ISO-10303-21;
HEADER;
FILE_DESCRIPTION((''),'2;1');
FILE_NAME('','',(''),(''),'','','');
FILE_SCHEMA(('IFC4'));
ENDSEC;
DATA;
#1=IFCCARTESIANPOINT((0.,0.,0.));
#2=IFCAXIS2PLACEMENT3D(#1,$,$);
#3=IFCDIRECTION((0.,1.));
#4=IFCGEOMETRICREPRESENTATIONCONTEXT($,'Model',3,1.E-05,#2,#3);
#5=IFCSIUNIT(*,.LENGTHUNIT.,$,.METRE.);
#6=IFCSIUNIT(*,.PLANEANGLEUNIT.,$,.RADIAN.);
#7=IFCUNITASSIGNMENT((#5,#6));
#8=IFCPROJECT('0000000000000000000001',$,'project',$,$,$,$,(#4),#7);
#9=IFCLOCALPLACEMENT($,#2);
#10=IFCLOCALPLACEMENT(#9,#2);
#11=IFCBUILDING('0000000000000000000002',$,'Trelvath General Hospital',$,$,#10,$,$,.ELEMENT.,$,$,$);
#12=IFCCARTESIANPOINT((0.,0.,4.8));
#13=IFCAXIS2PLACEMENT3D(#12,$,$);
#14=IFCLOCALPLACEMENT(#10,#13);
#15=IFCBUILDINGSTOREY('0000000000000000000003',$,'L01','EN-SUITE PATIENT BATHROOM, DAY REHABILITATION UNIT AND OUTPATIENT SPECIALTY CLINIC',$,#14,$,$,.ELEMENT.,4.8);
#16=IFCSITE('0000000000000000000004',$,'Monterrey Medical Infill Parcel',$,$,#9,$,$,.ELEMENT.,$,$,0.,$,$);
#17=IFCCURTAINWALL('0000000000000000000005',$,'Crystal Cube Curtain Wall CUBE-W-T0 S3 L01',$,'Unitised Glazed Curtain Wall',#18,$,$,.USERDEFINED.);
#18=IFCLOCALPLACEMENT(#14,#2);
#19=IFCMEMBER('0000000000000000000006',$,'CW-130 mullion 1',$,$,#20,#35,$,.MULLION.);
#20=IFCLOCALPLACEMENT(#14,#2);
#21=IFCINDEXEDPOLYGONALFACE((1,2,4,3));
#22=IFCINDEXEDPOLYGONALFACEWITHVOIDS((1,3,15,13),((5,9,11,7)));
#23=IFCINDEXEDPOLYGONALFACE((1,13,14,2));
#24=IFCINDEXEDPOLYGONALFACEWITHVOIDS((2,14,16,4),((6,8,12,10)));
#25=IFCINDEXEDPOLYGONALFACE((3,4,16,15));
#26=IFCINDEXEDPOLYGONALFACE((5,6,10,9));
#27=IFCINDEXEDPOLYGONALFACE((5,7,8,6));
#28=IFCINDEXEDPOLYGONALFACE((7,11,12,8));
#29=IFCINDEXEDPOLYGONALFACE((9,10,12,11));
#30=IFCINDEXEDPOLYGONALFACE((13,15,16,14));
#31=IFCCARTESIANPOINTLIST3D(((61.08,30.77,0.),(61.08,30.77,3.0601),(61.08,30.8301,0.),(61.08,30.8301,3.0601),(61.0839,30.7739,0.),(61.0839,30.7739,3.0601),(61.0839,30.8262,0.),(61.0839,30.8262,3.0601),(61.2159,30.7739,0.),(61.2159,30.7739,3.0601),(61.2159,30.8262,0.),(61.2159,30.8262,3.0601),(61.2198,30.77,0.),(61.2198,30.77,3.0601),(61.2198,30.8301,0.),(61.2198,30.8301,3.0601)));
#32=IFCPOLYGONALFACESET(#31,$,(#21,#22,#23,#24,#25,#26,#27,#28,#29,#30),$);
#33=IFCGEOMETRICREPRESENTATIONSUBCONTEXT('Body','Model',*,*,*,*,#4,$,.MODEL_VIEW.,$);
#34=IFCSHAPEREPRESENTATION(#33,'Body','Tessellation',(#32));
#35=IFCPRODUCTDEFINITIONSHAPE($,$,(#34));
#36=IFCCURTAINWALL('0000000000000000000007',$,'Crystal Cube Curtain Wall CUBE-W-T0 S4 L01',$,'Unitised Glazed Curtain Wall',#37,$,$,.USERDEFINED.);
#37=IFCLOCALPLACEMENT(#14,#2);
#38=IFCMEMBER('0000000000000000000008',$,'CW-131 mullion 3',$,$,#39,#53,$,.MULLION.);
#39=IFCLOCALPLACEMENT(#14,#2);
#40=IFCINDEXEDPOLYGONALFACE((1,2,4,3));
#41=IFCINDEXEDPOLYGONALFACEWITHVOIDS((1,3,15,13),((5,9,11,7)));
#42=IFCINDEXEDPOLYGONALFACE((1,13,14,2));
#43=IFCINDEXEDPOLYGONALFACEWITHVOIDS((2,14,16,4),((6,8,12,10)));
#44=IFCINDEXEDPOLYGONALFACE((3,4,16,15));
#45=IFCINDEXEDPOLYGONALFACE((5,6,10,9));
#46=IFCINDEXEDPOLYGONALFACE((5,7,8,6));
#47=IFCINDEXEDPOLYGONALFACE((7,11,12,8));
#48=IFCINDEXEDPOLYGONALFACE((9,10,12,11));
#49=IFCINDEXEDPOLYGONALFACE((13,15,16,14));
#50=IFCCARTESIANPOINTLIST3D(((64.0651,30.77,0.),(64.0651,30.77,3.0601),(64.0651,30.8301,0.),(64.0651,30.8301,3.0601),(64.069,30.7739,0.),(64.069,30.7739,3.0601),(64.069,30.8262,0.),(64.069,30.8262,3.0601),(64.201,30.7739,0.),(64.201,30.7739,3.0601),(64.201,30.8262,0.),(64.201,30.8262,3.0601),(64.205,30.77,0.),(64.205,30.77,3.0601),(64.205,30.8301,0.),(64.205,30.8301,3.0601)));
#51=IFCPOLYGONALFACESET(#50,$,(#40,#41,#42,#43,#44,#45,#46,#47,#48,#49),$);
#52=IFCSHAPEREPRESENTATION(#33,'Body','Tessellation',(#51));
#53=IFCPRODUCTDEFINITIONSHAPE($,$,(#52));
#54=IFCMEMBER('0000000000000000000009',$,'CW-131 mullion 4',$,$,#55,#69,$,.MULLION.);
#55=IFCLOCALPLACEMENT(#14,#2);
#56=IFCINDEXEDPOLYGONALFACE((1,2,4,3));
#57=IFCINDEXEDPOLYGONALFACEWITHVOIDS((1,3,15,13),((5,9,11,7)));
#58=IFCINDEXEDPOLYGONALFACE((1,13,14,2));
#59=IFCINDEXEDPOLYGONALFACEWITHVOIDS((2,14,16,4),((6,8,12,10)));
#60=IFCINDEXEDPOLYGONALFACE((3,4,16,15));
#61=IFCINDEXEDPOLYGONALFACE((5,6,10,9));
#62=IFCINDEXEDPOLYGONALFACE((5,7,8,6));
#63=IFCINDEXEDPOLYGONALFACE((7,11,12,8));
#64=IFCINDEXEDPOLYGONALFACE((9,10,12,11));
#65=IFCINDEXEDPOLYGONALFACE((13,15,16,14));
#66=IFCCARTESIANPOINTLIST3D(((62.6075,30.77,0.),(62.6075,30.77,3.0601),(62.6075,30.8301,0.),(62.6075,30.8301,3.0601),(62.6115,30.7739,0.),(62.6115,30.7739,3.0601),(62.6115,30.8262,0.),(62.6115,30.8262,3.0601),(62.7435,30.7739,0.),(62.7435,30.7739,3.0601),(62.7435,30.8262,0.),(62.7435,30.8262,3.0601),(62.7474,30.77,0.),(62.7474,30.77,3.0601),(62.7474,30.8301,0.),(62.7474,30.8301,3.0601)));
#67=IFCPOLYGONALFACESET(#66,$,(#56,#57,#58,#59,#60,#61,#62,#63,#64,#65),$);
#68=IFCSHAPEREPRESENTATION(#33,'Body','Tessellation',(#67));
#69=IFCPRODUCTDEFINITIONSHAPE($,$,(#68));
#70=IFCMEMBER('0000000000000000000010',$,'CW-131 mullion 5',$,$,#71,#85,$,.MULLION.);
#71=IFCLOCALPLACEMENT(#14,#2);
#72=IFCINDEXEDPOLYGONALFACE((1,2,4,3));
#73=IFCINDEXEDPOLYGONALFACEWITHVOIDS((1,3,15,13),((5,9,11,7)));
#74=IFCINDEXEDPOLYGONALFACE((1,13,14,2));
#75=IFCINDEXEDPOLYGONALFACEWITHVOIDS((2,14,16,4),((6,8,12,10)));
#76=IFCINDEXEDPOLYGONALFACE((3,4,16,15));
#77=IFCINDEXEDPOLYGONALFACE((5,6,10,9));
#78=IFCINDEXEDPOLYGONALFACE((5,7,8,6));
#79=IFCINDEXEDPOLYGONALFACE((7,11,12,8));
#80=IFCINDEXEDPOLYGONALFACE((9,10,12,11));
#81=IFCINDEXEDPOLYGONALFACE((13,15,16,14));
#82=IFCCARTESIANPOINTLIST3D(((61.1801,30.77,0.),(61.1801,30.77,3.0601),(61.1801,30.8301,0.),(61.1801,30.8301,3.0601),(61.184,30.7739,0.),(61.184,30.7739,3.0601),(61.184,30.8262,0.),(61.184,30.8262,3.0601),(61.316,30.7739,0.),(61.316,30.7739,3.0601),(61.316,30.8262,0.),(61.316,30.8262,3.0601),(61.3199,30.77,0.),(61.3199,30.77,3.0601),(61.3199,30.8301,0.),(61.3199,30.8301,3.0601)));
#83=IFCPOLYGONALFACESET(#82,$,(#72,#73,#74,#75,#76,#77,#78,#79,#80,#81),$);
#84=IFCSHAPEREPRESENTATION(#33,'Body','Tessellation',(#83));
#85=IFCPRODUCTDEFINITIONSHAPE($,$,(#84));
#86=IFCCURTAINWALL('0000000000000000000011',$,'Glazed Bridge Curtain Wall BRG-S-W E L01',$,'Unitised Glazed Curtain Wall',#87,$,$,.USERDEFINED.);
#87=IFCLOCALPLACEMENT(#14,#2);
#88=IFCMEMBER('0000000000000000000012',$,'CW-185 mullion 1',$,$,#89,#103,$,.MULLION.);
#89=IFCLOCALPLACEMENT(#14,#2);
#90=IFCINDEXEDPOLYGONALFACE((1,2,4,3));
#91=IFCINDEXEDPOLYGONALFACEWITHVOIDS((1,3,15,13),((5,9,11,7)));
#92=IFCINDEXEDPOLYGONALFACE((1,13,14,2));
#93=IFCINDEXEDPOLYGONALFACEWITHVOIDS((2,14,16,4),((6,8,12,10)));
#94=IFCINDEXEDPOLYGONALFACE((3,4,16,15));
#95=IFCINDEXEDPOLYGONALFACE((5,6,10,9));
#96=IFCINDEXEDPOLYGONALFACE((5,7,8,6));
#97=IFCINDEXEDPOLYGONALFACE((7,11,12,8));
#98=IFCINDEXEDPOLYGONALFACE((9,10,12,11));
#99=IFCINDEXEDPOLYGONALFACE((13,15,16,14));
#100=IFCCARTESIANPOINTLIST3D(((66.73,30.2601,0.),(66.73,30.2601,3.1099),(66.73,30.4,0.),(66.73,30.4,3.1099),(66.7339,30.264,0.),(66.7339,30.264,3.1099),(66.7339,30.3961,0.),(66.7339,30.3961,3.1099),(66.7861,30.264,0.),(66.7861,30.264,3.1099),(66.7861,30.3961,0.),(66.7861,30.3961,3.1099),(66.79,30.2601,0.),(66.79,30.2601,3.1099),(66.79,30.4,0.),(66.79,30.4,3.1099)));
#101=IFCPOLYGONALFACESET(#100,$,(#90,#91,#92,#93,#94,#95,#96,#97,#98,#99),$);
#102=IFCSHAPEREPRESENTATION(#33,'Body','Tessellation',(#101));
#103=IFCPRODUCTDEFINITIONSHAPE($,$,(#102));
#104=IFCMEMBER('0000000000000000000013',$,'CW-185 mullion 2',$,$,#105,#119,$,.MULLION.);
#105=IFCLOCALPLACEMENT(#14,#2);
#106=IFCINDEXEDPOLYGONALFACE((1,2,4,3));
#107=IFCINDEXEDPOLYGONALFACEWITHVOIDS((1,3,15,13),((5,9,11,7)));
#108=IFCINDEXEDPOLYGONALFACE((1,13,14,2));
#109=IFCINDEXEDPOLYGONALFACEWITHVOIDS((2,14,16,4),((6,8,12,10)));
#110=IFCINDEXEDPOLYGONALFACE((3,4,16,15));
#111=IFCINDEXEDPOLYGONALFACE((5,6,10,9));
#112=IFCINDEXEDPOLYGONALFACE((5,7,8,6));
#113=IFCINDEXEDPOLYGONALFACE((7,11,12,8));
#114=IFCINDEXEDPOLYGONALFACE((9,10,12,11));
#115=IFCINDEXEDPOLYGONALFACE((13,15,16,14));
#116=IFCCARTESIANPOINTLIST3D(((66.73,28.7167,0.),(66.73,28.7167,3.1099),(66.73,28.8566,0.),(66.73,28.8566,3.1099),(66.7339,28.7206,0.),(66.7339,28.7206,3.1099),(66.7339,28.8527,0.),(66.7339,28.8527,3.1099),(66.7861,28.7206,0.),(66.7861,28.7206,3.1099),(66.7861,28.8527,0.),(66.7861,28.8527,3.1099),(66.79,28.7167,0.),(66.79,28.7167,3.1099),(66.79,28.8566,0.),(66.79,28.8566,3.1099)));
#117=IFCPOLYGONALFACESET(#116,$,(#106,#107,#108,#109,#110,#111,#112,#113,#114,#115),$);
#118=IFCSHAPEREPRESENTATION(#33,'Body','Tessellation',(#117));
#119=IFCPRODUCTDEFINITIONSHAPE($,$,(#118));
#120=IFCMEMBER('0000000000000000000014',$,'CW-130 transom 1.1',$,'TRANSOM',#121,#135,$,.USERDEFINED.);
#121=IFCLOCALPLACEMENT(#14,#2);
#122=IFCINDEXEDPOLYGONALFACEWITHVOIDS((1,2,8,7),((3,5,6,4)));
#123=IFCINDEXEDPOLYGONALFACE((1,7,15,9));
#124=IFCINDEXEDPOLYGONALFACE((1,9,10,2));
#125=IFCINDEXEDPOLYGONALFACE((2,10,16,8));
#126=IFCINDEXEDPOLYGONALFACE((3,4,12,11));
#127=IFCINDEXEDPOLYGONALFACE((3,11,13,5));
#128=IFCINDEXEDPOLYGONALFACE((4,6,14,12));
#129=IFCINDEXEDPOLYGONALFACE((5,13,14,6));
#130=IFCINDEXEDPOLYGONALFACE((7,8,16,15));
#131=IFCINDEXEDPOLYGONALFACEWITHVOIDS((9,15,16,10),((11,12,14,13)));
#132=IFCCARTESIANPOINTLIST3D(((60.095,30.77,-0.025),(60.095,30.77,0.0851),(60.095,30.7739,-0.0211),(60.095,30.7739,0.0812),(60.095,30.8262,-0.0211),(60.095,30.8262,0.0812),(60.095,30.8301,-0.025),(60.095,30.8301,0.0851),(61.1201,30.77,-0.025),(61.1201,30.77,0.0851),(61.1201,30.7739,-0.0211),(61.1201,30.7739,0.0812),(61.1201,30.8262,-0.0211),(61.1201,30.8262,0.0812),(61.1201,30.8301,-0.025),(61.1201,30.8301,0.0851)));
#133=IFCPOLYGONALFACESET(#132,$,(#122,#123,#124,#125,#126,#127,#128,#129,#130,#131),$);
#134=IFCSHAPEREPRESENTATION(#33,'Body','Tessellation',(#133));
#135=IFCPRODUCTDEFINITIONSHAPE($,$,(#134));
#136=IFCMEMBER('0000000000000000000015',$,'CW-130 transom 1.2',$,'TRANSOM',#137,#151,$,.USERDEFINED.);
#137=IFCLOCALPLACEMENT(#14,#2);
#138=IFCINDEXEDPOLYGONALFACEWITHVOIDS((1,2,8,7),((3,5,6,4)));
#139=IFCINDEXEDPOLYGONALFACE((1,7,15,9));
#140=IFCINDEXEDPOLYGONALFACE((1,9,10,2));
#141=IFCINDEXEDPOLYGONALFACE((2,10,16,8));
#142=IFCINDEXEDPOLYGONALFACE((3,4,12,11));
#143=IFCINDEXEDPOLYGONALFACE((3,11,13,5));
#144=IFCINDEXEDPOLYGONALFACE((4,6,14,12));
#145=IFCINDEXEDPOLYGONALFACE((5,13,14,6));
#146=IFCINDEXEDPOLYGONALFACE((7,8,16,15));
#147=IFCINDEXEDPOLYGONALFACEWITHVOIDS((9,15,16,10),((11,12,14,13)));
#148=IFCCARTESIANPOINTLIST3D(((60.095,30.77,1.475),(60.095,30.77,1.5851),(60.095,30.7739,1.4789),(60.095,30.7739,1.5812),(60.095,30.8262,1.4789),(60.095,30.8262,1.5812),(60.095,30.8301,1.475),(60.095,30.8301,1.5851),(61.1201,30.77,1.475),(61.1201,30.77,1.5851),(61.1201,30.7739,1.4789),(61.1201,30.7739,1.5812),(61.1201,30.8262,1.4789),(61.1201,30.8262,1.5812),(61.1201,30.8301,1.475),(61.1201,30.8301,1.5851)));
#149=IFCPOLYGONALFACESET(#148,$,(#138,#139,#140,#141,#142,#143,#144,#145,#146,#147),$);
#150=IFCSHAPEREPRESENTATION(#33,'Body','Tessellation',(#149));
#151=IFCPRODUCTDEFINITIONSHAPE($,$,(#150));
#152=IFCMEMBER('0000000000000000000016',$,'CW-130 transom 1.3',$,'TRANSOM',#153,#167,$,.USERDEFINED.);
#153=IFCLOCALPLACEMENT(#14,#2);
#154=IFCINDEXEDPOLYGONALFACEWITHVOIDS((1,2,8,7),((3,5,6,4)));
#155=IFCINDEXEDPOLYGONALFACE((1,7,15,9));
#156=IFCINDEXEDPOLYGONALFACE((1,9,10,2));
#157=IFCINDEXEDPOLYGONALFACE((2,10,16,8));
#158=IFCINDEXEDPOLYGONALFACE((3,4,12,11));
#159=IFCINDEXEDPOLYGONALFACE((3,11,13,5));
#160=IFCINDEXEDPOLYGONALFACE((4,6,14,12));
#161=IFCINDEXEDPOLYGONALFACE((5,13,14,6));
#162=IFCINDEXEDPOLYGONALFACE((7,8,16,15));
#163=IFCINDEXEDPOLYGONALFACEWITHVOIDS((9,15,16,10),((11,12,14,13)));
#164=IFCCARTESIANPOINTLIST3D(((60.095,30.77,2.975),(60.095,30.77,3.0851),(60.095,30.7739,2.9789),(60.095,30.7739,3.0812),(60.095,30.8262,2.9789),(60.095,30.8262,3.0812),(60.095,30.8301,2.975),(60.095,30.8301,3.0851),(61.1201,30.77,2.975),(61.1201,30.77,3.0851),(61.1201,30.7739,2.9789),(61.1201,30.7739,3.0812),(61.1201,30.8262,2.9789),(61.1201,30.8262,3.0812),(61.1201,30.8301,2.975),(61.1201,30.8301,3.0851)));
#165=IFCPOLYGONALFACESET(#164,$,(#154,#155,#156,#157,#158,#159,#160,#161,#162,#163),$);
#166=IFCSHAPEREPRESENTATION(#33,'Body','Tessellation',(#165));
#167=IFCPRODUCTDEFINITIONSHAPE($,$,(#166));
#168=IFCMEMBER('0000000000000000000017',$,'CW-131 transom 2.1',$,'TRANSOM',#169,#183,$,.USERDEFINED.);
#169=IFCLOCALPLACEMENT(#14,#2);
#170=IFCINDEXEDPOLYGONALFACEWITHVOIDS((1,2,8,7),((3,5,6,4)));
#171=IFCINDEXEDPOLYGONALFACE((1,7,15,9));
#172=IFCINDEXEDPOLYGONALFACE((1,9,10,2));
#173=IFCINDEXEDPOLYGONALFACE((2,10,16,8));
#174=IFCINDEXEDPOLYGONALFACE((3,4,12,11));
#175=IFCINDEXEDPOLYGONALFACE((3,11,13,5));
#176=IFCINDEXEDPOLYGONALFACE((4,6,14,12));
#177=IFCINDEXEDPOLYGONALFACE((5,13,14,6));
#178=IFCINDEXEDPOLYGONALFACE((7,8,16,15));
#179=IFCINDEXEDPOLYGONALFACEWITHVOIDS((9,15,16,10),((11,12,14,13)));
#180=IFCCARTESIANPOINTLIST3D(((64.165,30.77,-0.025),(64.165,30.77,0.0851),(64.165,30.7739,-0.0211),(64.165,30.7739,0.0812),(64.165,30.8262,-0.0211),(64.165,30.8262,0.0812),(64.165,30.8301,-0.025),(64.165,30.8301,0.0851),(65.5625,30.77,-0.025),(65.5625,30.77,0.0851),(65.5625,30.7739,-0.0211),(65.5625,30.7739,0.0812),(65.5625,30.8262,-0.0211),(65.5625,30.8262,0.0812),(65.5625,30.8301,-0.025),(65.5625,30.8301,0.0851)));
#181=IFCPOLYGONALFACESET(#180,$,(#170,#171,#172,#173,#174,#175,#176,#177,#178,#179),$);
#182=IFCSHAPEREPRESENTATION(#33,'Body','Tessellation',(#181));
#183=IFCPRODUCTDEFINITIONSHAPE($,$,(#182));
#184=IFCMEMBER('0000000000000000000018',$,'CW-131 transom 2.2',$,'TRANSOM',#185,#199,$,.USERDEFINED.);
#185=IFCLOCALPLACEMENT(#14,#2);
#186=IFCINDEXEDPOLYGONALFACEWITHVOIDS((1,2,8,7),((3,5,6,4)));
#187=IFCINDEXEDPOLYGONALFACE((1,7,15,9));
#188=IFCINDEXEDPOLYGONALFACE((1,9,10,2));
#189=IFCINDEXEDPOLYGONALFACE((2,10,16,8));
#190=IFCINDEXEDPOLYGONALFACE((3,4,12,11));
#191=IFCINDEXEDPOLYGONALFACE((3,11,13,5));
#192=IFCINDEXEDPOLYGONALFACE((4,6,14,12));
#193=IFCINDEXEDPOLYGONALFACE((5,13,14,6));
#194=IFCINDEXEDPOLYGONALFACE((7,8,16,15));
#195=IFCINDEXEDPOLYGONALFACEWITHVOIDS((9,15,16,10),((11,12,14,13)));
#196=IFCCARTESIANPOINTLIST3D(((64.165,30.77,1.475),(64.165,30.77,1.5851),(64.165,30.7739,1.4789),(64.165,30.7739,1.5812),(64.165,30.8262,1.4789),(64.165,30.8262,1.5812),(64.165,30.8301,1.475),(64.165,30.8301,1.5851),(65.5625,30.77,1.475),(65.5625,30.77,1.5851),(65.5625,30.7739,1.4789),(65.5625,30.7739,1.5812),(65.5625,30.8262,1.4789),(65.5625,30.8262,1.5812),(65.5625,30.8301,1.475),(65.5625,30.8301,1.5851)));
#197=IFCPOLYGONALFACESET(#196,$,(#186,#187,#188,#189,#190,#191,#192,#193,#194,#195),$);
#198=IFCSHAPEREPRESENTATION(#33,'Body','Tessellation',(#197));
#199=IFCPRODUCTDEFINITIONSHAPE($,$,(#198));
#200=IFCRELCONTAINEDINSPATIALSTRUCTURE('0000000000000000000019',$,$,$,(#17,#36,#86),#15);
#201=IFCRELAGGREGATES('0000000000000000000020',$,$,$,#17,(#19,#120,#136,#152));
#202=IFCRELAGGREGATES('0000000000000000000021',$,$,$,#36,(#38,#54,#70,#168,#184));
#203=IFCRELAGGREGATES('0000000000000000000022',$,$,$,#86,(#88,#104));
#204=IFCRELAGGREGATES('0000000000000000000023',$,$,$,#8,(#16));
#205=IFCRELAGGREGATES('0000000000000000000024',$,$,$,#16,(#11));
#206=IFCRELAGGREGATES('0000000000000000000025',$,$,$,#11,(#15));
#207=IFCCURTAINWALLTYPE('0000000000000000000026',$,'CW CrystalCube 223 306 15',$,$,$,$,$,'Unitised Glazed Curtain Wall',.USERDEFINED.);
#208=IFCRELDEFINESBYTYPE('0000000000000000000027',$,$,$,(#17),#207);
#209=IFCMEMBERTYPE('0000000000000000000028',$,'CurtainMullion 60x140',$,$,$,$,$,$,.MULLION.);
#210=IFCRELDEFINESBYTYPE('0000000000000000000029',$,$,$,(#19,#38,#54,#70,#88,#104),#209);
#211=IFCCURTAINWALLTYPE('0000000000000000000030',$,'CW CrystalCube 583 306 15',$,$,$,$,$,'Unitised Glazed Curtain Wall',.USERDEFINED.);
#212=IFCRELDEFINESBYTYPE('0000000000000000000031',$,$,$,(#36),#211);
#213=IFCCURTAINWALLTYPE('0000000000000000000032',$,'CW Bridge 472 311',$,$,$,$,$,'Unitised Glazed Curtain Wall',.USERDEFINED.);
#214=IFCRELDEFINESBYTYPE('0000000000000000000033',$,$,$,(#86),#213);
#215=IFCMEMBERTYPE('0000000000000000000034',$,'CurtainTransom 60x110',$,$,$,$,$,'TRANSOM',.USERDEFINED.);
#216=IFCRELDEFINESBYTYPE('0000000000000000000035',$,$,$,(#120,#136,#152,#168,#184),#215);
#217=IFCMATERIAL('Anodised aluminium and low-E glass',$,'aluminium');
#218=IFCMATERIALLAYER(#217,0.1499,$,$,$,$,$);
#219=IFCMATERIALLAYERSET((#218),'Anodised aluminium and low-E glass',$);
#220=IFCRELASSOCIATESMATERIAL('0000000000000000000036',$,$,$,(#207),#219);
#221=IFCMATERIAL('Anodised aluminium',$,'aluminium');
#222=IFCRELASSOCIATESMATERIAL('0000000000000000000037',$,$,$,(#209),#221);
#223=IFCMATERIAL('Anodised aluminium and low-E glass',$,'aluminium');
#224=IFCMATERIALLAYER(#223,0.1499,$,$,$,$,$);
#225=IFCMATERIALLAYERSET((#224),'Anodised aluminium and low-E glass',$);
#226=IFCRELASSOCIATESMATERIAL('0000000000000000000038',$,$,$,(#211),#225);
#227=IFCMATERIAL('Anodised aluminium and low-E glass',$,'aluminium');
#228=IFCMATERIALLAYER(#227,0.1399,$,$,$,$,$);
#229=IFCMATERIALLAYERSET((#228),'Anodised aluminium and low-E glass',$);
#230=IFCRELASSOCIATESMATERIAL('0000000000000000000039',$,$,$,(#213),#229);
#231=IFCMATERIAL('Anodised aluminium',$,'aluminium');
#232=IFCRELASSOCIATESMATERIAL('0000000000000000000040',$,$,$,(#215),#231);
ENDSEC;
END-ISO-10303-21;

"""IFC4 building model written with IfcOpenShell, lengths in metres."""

from ifc_helpers import new_model, si_unit, direction, frame, origin, origin_2d, place, context, subcontext, project, spatial, hollow_rectangle, extrude, material, layer, layer_set, material_profile, profile_set, type_object, element, aggregate, save


model = new_model("IFC4")

# Units and contexts
model_context = context("Model", 3, precision=1e-05, world=origin(), true_north=direction((0.0, 1.0)))
body_context = subcontext(model_context, "Body", "Model", "MODEL_VIEW")
ifc_project = project(units=[si_unit("LENGTHUNIT", "METRE"), si_unit("PLANEANGLEUNIT", "RADIAN")], contexts=[model_context])

# Site, building, storey
site_placement = place(None, origin())
site = spatial("IfcSite", under=ifc_project, at=site_placement, Name="Monterrey Medical Infill Parcel", CompositionType="ELEMENT", RefElevation=0.0)
building_placement = place(site_placement, origin())
building = spatial("IfcBuilding", under=site, at=building_placement, Name="Trelvath General Hospital", CompositionType="ELEMENT")
storey_placement = place(building_placement, frame((0.0, 0.0, 4.8)))
storey = spatial("IfcBuildingStorey", under=building, at=storey_placement, Name="L01", Description="EN-SUITE PATIENT BATHROOM, DAY REHABILITATION UNIT AND OUTPATIENT SPECIALTY CLINIC", CompositionType="ELEMENT", Elevation=4.8)

# Curtain wall, member
ifc_material_1 = material(Name="Anodised aluminium and low-E glass", Category="aluminium")
ifc_layer_1 = layer(ifc_material_1, 0.1499)
ifc_layer_set_1 = layer_set([ifc_layer_1], Name="Anodised aluminium and low-E glass")
curtain_wall_type_1 = type_object("IfcCurtainWallType", Name="CW CrystalCube 223 306 15", ElementType="Unitised Glazed Curtain Wall", PredefinedType="USERDEFINED", material=ifc_layer_set_1)
curtain_wall_1_placement = place(storey_placement, origin())
curtain_wall_1 = element("IfcCurtainWall", 1, at=curtain_wall_1_placement, inside=storey, type_object=curtain_wall_type_1, Name="Crystal Cube Curtain Wall CUBE-W-T0 S3 L01", ObjectType="Unitised Glazed Curtain Wall", PredefinedType="USERDEFINED")
ifc_material_2 = material(Name="Anodised aluminium", Category="aluminium")
ifc_material_profile_1 = material_profile(ifc_material_2, hollow_rectangle(XDim=0.0601, YDim=0.1399, WallThickness=0.0039, at=origin_2d()), Name="RHS60x140x4")
ifc_profile_set_1 = profile_set([ifc_material_profile_1], Name="Anodised aluminium")
member_type_1 = type_object("IfcMemberType", Name="CurtainMullion 60x140", PredefinedType="MULLION", material=ifc_profile_set_1)
member_1_placement = place(storey_placement, frame((61.1499, 30.8, 0.0), z_axis=(0.0, 0.0, 1.0), x_axis=(0.0, -1.0, 0.0)))
member_1 = element("IfcMember", 2, at=member_1_placement, type_object=member_type_1, Name="CW-130 mullion 1", PredefinedType="MULLION", context=body_context, shape_type="SweptSolid", body=[
    extrude(hollow_rectangle(XDim=0.0601, YDim=0.1399, WallThickness=0.0039, at=origin_2d()), origin(), (0.0, 0.0, 1.0), 3.0601),
])

# Curtain walls, members
ifc_material_3 = material(Name="Anodised aluminium and low-E glass", Category="aluminium")
ifc_layer_2 = layer(ifc_material_3, 0.1499)
ifc_layer_set_2 = layer_set([ifc_layer_2], Name="Anodised aluminium and low-E glass")
curtain_wall_type_2 = type_object("IfcCurtainWallType", Name="CW CrystalCube 583 306 15", ElementType="Unitised Glazed Curtain Wall", PredefinedType="USERDEFINED", material=ifc_layer_set_2)
curtain_wall_2_placement = place(storey_placement, origin())
curtain_wall_2 = element("IfcCurtainWall", 3, at=curtain_wall_2_placement, inside=storey, type_object=curtain_wall_type_2, Name="Crystal Cube Curtain Wall CUBE-W-T0 S4 L01", ObjectType="Unitised Glazed Curtain Wall", PredefinedType="USERDEFINED")
member_2_placement = place(storey_placement, frame((64.135, 30.8, 0.0), z_axis=(0.0, 0.0, 1.0), x_axis=(0.0, -1.0, 0.0)))
member_2 = element("IfcMember", 4, at=member_2_placement, type_object=member_type_1, Name="CW-131 mullion 3", PredefinedType="MULLION", context=body_context, shape_type="SweptSolid", body=[
    extrude(hollow_rectangle(XDim=0.0601, YDim=0.1399, WallThickness=0.0039, at=origin_2d()), origin(), (0.0, 0.0, 1.0), 3.0601),
])
member_3_placement = place(storey_placement, frame((62.6775, 30.8, 0.0), z_axis=(0.0, 0.0, 1.0), x_axis=(0.0, -1.0, 0.0)))
member_3 = element("IfcMember", 5, at=member_3_placement, type_object=member_type_1, Name="CW-131 mullion 4", PredefinedType="MULLION", context=body_context, shape_type="SweptSolid", body=[
    extrude(hollow_rectangle(XDim=0.0601, YDim=0.1399, WallThickness=0.0039, at=origin_2d()), origin(), (0.0, 0.0, 1.0), 3.0601),
])
member_4_placement = place(storey_placement, frame((61.25, 30.8, 0.0), z_axis=(0.0, 0.0, 1.0), x_axis=(0.0, -1.0, 0.0)))
member_4 = element("IfcMember", 6, at=member_4_placement, type_object=member_type_1, Name="CW-131 mullion 5", PredefinedType="MULLION", context=body_context, shape_type="SweptSolid", body=[
    extrude(hollow_rectangle(XDim=0.0601, YDim=0.1399, WallThickness=0.0039, at=origin_2d()), origin(), (0.0, 0.0, 1.0), 3.0601),
])
ifc_material_4 = material(Name="Anodised aluminium and low-E glass", Category="aluminium")
ifc_layer_3 = layer(ifc_material_4, 0.1399)
ifc_layer_set_3 = layer_set([ifc_layer_3], Name="Anodised aluminium and low-E glass")
curtain_wall_type_3 = type_object("IfcCurtainWallType", Name="CW Bridge 472 311", ElementType="Unitised Glazed Curtain Wall", PredefinedType="USERDEFINED", material=ifc_layer_set_3)
curtain_wall_3_placement = place(storey_placement, origin())
curtain_wall_3 = element("IfcCurtainWall", 7, at=curtain_wall_3_placement, inside=storey, type_object=curtain_wall_type_3, Name="Glazed Bridge Curtain Wall BRG-S-W E L01", ObjectType="Unitised Glazed Curtain Wall", PredefinedType="USERDEFINED")
member_5_placement = place(storey_placement, frame((66.76, 30.3301, 0.0), z_axis=(0.0, 0.0, 1.0), x_axis=(1.0, 0.0, 0.0)))
member_5 = element("IfcMember", 8, at=member_5_placement, type_object=member_type_1, Name="CW-185 mullion 1", PredefinedType="MULLION", context=body_context, shape_type="SweptSolid", body=[
    extrude(hollow_rectangle(XDim=0.0601, YDim=0.1399, WallThickness=0.0039, at=origin_2d()), origin(), (0.0, 0.0, 1.0), 3.1099),
])
member_6_placement = place(storey_placement, frame((66.76, 28.7866, 0.0), z_axis=(0.0, 0.0, 1.0), x_axis=(1.0, 0.0, 0.0)))
member_6 = element("IfcMember", 9, at=member_6_placement, type_object=member_type_1, Name="CW-185 mullion 2", PredefinedType="MULLION", context=body_context, shape_type="SweptSolid", body=[
    extrude(hollow_rectangle(XDim=0.0601, YDim=0.1399, WallThickness=0.0039, at=origin_2d()), origin(), (0.0, 0.0, 1.0), 3.1099),
])

# Members
ifc_material_5 = material(Name="Anodised aluminium", Category="aluminium")
ifc_material_profile_2 = material_profile(ifc_material_5, hollow_rectangle(XDim=0.0601, YDim=0.1101, WallThickness=0.0039, at=origin_2d()), Name="RHS60x110x4")
ifc_profile_set_2 = profile_set([ifc_material_profile_2], Name="Anodised aluminium")
member_type_2 = type_object("IfcMemberType", Name="CurtainTransom 60x110", ElementType="TRANSOM", PredefinedType="USERDEFINED", material=ifc_profile_set_2)
member_7_placement = place(storey_placement, frame((61.1201, 30.8, 0.03), z_axis=(-1.0, 0.0, 0.0), x_axis=(0.0, -1.0, 0.0)))
member_7 = element("IfcMember", 10, at=member_7_placement, type_object=member_type_2, Name="CW-130 transom 1.1", ObjectType="TRANSOM", PredefinedType="USERDEFINED", context=body_context, shape_type="SweptSolid", body=[
    extrude(hollow_rectangle(XDim=0.0601, YDim=0.1101, WallThickness=0.0039, at=origin_2d()), origin(), (0.0, 0.0, 1.0), 1.0251),
])
member_8_placement = place(storey_placement, frame((61.1201, 30.8, 1.53), z_axis=(-1.0, 0.0, 0.0), x_axis=(0.0, -1.0, 0.0)))
member_8 = element("IfcMember", 11, at=member_8_placement, type_object=member_type_2, Name="CW-130 transom 1.2", ObjectType="TRANSOM", PredefinedType="USERDEFINED", context=body_context, shape_type="SweptSolid", body=[
    extrude(hollow_rectangle(XDim=0.0601, YDim=0.1101, WallThickness=0.0039, at=origin_2d()), origin(), (0.0, 0.0, 1.0), 1.0251),
])
member_9_placement = place(storey_placement, frame((61.1201, 30.8, 3.03), z_axis=(-1.0, 0.0, 0.0), x_axis=(0.0, -1.0, 0.0)))
member_9 = element("IfcMember", 12, at=member_9_placement, type_object=member_type_2, Name="CW-130 transom 1.3", ObjectType="TRANSOM", PredefinedType="USERDEFINED", context=body_context, shape_type="SweptSolid", body=[
    extrude(hollow_rectangle(XDim=0.0601, YDim=0.1101, WallThickness=0.0039, at=origin_2d()), origin(), (0.0, 0.0, 1.0), 1.0251),
])
member_10_placement = place(storey_placement, frame((65.5625, 30.8, 0.03), z_axis=(-1.0, 0.0, 0.0), x_axis=(0.0, -1.0, 0.0)))
member_10 = element("IfcMember", 13, at=member_10_placement, type_object=member_type_2, Name="CW-131 transom 2.1", ObjectType="TRANSOM", PredefinedType="USERDEFINED", context=body_context, shape_type="SweptSolid", body=[
    extrude(hollow_rectangle(XDim=0.0601, YDim=0.1101, WallThickness=0.0039, at=origin_2d()), origin(), (0.0, 0.0, 1.0), 1.3975),
])
member_11_placement = place(storey_placement, frame((65.5625, 30.8, 1.53), z_axis=(-1.0, 0.0, 0.0), x_axis=(0.0, -1.0, 0.0)))
member_11 = element("IfcMember", 14, at=member_11_placement, type_object=member_type_2, Name="CW-131 transom 2.2", ObjectType="TRANSOM", PredefinedType="USERDEFINED", context=body_context, shape_type="SweptSolid", body=[
    extrude(hollow_rectangle(XDim=0.0601, YDim=0.1101, WallThickness=0.0039, at=origin_2d()), origin(), (0.0, 0.0, 1.0), 1.3975),
])

aggregate(curtain_wall_1, [member_1, member_7, member_8, member_9])
aggregate(curtain_wall_2, [member_2, member_3, member_4, member_10, member_11])
aggregate(curtain_wall_3, [member_5, member_6])

save(model, "model.ifc")
